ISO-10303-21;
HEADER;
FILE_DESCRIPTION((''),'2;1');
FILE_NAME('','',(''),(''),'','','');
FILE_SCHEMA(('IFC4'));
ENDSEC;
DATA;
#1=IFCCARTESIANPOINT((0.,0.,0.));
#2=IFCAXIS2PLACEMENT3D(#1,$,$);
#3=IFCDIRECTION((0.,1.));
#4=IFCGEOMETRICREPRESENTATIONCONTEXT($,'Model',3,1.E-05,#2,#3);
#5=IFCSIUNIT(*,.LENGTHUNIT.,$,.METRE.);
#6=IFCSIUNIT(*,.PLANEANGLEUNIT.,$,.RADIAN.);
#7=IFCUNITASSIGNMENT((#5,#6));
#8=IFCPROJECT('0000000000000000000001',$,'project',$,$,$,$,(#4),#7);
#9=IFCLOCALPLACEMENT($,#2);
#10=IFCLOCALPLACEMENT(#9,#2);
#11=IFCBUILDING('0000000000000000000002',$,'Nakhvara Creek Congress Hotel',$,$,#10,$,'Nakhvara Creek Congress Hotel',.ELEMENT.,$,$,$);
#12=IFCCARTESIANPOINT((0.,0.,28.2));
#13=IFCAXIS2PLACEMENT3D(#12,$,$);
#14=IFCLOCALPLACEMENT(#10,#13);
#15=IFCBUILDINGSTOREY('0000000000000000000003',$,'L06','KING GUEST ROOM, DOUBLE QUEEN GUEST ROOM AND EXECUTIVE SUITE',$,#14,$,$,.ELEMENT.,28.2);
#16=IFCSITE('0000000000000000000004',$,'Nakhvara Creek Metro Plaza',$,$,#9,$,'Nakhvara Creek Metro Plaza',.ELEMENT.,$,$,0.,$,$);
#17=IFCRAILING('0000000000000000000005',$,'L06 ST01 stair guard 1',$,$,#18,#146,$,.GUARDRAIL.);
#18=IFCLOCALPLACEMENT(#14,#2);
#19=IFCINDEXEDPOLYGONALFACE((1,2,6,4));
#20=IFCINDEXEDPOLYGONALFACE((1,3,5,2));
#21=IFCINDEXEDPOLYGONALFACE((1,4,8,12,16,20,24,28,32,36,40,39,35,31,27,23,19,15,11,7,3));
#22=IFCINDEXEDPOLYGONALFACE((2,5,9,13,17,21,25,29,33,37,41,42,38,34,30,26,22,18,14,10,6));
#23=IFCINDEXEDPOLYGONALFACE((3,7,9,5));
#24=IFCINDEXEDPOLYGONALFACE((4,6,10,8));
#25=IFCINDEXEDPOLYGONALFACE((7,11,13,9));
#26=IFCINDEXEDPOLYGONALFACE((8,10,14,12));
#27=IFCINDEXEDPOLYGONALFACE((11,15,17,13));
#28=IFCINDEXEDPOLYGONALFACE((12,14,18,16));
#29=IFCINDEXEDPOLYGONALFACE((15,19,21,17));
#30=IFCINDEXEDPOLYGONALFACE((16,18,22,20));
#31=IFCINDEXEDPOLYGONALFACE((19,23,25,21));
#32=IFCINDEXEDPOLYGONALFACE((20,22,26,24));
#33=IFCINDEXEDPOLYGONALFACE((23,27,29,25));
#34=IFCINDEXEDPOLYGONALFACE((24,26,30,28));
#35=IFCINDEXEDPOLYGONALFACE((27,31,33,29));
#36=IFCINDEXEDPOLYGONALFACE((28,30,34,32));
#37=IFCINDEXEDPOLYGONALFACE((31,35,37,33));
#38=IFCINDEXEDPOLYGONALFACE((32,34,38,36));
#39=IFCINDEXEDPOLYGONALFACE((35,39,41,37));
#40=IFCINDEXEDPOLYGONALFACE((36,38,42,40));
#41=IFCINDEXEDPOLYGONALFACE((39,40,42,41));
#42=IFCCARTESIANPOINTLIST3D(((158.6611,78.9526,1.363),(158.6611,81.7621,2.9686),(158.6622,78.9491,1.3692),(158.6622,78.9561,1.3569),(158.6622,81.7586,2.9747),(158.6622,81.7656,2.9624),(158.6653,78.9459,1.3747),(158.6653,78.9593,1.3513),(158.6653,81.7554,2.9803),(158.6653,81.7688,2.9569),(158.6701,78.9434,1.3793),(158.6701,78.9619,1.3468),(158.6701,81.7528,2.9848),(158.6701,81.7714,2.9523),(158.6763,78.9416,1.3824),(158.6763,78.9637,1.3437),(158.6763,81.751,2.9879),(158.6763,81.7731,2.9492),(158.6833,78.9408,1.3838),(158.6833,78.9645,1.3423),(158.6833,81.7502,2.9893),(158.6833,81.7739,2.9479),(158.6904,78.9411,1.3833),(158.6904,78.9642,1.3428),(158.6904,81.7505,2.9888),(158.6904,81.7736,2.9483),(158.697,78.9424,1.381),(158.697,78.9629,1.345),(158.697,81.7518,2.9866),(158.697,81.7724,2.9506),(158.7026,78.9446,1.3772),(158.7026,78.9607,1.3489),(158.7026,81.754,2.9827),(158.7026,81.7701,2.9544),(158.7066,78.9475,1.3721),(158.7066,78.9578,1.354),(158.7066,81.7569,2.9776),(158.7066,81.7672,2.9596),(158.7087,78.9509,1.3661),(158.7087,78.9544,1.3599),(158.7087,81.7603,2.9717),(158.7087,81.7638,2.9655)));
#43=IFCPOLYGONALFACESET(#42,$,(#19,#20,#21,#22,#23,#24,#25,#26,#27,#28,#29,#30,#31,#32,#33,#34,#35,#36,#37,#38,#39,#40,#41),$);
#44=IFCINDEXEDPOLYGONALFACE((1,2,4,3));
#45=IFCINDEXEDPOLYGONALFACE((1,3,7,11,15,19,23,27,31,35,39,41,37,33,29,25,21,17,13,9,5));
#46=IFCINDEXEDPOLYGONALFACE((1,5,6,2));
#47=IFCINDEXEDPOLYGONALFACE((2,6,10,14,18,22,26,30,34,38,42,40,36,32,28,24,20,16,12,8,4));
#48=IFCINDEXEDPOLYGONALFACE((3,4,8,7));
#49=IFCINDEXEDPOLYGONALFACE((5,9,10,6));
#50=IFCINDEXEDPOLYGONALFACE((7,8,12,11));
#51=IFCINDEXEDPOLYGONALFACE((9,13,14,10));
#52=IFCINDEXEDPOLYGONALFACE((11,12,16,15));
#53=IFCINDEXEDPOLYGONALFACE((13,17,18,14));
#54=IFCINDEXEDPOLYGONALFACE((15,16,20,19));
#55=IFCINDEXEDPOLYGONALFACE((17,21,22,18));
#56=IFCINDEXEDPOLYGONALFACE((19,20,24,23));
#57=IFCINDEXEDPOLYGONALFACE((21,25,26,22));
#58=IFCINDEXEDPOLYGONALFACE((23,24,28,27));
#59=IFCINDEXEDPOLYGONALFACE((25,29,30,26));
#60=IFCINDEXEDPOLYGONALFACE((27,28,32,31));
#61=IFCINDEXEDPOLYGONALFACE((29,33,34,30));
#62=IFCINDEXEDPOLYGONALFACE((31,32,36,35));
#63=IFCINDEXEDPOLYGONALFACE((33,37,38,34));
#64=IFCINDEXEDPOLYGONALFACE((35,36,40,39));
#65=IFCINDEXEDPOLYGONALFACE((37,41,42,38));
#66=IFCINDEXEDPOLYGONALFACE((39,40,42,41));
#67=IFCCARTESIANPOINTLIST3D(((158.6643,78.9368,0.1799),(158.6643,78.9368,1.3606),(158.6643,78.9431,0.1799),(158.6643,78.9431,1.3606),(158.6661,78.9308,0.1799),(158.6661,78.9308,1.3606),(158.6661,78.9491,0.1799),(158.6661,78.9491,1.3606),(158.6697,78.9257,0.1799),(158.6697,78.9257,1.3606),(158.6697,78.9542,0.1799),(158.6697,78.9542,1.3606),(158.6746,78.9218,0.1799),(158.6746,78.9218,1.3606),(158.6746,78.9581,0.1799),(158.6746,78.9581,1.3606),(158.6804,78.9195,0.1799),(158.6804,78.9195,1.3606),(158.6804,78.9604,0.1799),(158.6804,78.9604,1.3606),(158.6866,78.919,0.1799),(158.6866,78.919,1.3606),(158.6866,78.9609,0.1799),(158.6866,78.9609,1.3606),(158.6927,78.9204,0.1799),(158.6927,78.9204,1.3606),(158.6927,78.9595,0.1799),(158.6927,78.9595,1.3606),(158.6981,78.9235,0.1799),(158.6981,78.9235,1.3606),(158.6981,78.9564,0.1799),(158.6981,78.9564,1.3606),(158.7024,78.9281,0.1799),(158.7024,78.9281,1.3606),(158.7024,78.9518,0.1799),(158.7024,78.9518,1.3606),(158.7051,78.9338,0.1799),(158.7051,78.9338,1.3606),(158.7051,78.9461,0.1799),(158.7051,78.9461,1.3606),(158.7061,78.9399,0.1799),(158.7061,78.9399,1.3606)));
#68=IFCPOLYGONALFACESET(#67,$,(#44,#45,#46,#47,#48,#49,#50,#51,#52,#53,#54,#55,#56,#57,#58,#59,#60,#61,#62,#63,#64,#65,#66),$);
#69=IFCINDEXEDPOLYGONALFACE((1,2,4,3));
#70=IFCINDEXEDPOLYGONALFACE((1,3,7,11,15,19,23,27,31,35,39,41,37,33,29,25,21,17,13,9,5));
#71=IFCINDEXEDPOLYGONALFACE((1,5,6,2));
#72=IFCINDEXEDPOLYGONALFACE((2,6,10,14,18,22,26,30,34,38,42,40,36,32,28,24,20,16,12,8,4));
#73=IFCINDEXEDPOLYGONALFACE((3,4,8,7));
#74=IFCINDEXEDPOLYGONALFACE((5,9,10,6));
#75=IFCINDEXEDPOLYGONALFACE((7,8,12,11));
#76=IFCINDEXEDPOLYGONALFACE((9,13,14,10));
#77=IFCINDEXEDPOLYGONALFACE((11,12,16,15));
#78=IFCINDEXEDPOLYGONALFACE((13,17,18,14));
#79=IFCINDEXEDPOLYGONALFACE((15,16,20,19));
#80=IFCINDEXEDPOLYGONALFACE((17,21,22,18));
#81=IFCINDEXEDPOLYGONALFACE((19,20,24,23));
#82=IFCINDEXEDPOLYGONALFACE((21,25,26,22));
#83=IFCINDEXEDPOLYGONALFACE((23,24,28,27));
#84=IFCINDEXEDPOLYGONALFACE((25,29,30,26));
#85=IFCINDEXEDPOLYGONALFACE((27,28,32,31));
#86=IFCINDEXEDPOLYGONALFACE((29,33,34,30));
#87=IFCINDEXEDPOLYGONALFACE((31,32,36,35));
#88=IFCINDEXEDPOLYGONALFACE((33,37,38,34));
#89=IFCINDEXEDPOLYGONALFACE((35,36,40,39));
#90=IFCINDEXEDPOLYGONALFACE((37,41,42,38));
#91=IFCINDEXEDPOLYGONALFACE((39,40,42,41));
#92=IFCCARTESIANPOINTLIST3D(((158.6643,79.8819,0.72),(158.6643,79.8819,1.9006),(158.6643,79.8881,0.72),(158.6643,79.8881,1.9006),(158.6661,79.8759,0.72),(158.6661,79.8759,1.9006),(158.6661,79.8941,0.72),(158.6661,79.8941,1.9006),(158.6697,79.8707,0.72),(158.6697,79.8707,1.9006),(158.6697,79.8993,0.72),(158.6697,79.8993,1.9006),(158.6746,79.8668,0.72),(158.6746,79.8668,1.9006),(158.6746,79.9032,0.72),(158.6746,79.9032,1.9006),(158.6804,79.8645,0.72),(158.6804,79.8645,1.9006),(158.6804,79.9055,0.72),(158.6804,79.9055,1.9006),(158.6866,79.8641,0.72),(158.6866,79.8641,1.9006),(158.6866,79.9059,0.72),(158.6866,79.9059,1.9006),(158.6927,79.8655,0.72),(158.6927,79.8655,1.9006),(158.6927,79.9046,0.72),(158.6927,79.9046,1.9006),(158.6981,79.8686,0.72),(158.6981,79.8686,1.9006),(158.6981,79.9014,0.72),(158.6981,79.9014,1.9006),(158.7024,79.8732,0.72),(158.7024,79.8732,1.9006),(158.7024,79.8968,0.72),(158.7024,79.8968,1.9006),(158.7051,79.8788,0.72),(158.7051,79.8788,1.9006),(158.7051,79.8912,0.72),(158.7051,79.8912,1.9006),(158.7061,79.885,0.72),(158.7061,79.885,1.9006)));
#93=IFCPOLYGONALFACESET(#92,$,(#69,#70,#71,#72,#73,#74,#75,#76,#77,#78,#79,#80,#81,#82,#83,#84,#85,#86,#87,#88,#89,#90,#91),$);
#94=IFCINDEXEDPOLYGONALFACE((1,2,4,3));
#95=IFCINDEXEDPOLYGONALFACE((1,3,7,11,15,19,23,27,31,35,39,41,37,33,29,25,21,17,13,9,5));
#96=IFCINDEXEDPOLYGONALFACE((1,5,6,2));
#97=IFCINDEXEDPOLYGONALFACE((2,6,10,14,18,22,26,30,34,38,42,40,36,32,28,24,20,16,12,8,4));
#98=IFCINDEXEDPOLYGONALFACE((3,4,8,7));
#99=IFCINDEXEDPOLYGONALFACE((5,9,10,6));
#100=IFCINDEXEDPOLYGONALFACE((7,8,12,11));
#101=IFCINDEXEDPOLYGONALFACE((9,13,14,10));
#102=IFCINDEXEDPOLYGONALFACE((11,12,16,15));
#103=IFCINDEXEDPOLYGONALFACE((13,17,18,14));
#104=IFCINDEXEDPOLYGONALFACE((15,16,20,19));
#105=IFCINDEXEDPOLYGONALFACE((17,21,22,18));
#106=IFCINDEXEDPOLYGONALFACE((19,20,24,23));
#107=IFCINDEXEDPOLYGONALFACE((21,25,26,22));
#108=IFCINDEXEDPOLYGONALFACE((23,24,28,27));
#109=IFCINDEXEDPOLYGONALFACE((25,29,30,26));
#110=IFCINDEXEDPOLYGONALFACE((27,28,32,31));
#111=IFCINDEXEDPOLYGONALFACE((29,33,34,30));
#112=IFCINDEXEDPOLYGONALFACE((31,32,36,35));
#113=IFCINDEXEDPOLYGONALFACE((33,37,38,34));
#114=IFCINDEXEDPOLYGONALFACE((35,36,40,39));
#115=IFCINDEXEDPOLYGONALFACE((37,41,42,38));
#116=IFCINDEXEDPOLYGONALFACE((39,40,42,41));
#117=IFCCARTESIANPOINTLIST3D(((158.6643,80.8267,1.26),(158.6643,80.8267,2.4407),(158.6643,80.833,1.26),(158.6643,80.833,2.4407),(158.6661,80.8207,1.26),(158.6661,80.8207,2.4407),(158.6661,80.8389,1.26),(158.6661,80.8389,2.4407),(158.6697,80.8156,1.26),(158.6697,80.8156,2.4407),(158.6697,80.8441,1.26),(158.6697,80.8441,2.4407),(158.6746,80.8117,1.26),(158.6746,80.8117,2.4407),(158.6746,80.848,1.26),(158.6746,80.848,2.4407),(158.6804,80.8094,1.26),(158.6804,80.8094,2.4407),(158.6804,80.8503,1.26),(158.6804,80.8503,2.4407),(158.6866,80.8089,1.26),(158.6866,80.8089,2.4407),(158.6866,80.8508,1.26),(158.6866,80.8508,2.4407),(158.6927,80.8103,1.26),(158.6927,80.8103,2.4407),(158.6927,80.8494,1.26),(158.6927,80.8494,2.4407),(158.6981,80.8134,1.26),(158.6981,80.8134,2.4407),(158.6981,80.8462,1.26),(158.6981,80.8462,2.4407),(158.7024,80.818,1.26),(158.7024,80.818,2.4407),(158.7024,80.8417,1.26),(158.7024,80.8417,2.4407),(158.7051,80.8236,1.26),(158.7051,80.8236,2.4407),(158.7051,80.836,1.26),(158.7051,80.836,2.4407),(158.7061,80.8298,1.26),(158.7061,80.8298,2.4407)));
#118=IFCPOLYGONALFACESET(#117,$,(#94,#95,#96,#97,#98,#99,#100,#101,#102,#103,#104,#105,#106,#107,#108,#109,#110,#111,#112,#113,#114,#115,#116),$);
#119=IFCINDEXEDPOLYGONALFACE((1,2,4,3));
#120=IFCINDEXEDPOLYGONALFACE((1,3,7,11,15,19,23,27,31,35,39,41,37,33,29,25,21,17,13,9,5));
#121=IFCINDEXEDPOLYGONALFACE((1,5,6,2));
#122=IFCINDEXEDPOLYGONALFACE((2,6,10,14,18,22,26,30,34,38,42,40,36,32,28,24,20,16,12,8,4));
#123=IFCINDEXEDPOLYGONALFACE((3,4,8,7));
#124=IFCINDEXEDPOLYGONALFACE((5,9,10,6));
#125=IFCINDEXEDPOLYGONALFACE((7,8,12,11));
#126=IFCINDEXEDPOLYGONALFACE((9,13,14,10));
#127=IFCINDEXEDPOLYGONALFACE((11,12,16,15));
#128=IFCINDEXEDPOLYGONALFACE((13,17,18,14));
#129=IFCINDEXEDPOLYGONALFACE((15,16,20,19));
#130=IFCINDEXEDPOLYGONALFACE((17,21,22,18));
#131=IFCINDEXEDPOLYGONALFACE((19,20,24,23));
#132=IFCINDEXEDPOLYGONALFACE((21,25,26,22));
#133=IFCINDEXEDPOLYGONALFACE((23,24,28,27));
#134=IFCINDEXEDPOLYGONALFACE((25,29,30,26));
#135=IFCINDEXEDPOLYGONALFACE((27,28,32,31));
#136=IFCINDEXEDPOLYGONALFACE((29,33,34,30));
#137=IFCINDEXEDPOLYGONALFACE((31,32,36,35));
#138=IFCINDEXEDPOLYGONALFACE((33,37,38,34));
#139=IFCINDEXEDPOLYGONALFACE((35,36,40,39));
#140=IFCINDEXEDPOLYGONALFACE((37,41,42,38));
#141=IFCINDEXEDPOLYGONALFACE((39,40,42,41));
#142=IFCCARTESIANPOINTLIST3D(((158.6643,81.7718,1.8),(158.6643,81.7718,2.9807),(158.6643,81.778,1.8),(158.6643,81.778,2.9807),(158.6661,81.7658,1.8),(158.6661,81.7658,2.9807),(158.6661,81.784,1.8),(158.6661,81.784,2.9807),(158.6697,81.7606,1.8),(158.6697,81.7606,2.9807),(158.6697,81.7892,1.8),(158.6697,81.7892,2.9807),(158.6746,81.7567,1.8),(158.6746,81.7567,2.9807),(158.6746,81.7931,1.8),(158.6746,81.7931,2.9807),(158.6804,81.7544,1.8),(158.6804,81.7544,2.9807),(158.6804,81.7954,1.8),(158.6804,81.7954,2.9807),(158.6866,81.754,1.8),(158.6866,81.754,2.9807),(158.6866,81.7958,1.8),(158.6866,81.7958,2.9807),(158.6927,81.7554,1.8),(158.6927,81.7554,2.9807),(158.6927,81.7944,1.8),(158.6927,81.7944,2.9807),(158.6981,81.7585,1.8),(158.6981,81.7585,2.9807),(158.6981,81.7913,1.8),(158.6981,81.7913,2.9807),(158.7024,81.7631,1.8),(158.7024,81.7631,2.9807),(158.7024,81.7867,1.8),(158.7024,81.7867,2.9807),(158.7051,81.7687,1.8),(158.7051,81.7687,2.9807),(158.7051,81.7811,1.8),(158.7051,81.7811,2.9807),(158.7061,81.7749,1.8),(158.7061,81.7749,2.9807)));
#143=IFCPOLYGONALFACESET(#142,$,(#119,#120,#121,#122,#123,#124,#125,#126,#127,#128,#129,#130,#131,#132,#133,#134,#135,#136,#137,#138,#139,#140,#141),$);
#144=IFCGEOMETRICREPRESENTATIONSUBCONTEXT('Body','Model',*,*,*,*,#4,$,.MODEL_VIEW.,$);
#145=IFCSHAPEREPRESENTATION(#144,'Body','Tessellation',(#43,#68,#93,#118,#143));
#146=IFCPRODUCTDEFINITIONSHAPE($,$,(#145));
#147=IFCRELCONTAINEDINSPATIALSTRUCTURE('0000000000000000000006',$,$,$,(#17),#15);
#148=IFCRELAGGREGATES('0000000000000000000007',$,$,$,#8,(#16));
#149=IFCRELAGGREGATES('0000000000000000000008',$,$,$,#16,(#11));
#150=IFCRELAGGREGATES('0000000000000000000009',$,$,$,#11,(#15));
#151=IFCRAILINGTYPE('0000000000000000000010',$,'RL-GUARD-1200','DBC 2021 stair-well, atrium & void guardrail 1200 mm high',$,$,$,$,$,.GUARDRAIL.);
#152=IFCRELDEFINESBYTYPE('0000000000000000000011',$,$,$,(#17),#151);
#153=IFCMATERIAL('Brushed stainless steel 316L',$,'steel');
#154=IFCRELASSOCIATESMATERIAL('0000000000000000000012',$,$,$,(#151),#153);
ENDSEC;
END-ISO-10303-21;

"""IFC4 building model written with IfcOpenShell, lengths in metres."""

from ifc_helpers import new_model, si_unit, direction, frame, origin, origin_2d, place, context, subcontext, project, spatial, circle, extrude, material, type_object, element, save


model = new_model("IFC4")

# Units and contexts
model_context = context("Model", 3, precision=1e-05, world=origin(), true_north=direction((0.0, 1.0)))
body_context = subcontext(model_context, "Body", "Model", "MODEL_VIEW")
ifc_project = project(units=[si_unit("LENGTHUNIT", "METRE"), si_unit("PLANEANGLEUNIT", "RADIAN")], contexts=[model_context])

# Site, building, storey
site_placement = place(None, origin())
site = spatial("IfcSite", under=ifc_project, at=site_placement, Name="Nakhvara Creek Metro Plaza", LongName="Nakhvara Creek Metro Plaza", CompositionType="ELEMENT", RefElevation=0.0)
building_placement = place(site_placement, origin())
building = spatial("IfcBuilding", under=site, at=building_placement, Name="Nakhvara Creek Congress Hotel", LongName="Nakhvara Creek Congress Hotel", CompositionType="ELEMENT")
storey_placement = place(building_placement, frame((0.0, 0.0, 28.2)))
storey = spatial("IfcBuildingStorey", under=building, at=storey_placement, Name="L06", Description="KING GUEST ROOM, DOUBLE QUEEN GUEST ROOM AND EXECUTIVE SUITE", CompositionType="ELEMENT", Elevation=28.2)

# Railing
ifc_material_1 = material(Name="Brushed stainless steel 316L", Category="steel")
railing_type_1 = type_object("IfcRailingType", Name="RL-GUARD-1200", Description="DBC 2021 stair-well, atrium & void guardrail 1200 mm high", PredefinedType="GUARDRAIL", material=ifc_material_1)
railing_1_placement = place(storey_placement, frame((158.6851, 78.9399, 0.1799)))
element("IfcRailing", 1, at=railing_1_placement, inside=storey, type_object=railing_type_1, Name="L06 ST01 stair guard 1", PredefinedType="GUARDRAIL", context=body_context, shape_type="SweptSolid", body=[
    extrude(circle(Radius=0.0239, at=origin_2d()), frame((0.0, 0.0127, 1.1831), z_axis=(0.0, 0.868225, 0.496171), x_axis=(-1.0, 0.0, 0.0)), (0.0, 0.0, 1.0), 3.2358),
    extrude(circle(Radius=0.021, at=origin_2d()), origin(), (0.0, 0.0, 1.0), 1.1807),
    extrude(circle(Radius=0.021, at=origin_2d()), frame((0.0, 0.9451, 0.54)), (0.0, 0.0, 1.0), 1.1807),
    extrude(circle(Radius=0.021, at=origin_2d()), frame((0.0, 1.8899, 1.0801)), (0.0, 0.0, 1.0), 1.1807),
    extrude(circle(Radius=0.021, at=origin_2d()), frame((0.0, 2.835, 1.6201)), (0.0, 0.0, 1.0), 1.1807),
])

save(model, "model.ifc")
